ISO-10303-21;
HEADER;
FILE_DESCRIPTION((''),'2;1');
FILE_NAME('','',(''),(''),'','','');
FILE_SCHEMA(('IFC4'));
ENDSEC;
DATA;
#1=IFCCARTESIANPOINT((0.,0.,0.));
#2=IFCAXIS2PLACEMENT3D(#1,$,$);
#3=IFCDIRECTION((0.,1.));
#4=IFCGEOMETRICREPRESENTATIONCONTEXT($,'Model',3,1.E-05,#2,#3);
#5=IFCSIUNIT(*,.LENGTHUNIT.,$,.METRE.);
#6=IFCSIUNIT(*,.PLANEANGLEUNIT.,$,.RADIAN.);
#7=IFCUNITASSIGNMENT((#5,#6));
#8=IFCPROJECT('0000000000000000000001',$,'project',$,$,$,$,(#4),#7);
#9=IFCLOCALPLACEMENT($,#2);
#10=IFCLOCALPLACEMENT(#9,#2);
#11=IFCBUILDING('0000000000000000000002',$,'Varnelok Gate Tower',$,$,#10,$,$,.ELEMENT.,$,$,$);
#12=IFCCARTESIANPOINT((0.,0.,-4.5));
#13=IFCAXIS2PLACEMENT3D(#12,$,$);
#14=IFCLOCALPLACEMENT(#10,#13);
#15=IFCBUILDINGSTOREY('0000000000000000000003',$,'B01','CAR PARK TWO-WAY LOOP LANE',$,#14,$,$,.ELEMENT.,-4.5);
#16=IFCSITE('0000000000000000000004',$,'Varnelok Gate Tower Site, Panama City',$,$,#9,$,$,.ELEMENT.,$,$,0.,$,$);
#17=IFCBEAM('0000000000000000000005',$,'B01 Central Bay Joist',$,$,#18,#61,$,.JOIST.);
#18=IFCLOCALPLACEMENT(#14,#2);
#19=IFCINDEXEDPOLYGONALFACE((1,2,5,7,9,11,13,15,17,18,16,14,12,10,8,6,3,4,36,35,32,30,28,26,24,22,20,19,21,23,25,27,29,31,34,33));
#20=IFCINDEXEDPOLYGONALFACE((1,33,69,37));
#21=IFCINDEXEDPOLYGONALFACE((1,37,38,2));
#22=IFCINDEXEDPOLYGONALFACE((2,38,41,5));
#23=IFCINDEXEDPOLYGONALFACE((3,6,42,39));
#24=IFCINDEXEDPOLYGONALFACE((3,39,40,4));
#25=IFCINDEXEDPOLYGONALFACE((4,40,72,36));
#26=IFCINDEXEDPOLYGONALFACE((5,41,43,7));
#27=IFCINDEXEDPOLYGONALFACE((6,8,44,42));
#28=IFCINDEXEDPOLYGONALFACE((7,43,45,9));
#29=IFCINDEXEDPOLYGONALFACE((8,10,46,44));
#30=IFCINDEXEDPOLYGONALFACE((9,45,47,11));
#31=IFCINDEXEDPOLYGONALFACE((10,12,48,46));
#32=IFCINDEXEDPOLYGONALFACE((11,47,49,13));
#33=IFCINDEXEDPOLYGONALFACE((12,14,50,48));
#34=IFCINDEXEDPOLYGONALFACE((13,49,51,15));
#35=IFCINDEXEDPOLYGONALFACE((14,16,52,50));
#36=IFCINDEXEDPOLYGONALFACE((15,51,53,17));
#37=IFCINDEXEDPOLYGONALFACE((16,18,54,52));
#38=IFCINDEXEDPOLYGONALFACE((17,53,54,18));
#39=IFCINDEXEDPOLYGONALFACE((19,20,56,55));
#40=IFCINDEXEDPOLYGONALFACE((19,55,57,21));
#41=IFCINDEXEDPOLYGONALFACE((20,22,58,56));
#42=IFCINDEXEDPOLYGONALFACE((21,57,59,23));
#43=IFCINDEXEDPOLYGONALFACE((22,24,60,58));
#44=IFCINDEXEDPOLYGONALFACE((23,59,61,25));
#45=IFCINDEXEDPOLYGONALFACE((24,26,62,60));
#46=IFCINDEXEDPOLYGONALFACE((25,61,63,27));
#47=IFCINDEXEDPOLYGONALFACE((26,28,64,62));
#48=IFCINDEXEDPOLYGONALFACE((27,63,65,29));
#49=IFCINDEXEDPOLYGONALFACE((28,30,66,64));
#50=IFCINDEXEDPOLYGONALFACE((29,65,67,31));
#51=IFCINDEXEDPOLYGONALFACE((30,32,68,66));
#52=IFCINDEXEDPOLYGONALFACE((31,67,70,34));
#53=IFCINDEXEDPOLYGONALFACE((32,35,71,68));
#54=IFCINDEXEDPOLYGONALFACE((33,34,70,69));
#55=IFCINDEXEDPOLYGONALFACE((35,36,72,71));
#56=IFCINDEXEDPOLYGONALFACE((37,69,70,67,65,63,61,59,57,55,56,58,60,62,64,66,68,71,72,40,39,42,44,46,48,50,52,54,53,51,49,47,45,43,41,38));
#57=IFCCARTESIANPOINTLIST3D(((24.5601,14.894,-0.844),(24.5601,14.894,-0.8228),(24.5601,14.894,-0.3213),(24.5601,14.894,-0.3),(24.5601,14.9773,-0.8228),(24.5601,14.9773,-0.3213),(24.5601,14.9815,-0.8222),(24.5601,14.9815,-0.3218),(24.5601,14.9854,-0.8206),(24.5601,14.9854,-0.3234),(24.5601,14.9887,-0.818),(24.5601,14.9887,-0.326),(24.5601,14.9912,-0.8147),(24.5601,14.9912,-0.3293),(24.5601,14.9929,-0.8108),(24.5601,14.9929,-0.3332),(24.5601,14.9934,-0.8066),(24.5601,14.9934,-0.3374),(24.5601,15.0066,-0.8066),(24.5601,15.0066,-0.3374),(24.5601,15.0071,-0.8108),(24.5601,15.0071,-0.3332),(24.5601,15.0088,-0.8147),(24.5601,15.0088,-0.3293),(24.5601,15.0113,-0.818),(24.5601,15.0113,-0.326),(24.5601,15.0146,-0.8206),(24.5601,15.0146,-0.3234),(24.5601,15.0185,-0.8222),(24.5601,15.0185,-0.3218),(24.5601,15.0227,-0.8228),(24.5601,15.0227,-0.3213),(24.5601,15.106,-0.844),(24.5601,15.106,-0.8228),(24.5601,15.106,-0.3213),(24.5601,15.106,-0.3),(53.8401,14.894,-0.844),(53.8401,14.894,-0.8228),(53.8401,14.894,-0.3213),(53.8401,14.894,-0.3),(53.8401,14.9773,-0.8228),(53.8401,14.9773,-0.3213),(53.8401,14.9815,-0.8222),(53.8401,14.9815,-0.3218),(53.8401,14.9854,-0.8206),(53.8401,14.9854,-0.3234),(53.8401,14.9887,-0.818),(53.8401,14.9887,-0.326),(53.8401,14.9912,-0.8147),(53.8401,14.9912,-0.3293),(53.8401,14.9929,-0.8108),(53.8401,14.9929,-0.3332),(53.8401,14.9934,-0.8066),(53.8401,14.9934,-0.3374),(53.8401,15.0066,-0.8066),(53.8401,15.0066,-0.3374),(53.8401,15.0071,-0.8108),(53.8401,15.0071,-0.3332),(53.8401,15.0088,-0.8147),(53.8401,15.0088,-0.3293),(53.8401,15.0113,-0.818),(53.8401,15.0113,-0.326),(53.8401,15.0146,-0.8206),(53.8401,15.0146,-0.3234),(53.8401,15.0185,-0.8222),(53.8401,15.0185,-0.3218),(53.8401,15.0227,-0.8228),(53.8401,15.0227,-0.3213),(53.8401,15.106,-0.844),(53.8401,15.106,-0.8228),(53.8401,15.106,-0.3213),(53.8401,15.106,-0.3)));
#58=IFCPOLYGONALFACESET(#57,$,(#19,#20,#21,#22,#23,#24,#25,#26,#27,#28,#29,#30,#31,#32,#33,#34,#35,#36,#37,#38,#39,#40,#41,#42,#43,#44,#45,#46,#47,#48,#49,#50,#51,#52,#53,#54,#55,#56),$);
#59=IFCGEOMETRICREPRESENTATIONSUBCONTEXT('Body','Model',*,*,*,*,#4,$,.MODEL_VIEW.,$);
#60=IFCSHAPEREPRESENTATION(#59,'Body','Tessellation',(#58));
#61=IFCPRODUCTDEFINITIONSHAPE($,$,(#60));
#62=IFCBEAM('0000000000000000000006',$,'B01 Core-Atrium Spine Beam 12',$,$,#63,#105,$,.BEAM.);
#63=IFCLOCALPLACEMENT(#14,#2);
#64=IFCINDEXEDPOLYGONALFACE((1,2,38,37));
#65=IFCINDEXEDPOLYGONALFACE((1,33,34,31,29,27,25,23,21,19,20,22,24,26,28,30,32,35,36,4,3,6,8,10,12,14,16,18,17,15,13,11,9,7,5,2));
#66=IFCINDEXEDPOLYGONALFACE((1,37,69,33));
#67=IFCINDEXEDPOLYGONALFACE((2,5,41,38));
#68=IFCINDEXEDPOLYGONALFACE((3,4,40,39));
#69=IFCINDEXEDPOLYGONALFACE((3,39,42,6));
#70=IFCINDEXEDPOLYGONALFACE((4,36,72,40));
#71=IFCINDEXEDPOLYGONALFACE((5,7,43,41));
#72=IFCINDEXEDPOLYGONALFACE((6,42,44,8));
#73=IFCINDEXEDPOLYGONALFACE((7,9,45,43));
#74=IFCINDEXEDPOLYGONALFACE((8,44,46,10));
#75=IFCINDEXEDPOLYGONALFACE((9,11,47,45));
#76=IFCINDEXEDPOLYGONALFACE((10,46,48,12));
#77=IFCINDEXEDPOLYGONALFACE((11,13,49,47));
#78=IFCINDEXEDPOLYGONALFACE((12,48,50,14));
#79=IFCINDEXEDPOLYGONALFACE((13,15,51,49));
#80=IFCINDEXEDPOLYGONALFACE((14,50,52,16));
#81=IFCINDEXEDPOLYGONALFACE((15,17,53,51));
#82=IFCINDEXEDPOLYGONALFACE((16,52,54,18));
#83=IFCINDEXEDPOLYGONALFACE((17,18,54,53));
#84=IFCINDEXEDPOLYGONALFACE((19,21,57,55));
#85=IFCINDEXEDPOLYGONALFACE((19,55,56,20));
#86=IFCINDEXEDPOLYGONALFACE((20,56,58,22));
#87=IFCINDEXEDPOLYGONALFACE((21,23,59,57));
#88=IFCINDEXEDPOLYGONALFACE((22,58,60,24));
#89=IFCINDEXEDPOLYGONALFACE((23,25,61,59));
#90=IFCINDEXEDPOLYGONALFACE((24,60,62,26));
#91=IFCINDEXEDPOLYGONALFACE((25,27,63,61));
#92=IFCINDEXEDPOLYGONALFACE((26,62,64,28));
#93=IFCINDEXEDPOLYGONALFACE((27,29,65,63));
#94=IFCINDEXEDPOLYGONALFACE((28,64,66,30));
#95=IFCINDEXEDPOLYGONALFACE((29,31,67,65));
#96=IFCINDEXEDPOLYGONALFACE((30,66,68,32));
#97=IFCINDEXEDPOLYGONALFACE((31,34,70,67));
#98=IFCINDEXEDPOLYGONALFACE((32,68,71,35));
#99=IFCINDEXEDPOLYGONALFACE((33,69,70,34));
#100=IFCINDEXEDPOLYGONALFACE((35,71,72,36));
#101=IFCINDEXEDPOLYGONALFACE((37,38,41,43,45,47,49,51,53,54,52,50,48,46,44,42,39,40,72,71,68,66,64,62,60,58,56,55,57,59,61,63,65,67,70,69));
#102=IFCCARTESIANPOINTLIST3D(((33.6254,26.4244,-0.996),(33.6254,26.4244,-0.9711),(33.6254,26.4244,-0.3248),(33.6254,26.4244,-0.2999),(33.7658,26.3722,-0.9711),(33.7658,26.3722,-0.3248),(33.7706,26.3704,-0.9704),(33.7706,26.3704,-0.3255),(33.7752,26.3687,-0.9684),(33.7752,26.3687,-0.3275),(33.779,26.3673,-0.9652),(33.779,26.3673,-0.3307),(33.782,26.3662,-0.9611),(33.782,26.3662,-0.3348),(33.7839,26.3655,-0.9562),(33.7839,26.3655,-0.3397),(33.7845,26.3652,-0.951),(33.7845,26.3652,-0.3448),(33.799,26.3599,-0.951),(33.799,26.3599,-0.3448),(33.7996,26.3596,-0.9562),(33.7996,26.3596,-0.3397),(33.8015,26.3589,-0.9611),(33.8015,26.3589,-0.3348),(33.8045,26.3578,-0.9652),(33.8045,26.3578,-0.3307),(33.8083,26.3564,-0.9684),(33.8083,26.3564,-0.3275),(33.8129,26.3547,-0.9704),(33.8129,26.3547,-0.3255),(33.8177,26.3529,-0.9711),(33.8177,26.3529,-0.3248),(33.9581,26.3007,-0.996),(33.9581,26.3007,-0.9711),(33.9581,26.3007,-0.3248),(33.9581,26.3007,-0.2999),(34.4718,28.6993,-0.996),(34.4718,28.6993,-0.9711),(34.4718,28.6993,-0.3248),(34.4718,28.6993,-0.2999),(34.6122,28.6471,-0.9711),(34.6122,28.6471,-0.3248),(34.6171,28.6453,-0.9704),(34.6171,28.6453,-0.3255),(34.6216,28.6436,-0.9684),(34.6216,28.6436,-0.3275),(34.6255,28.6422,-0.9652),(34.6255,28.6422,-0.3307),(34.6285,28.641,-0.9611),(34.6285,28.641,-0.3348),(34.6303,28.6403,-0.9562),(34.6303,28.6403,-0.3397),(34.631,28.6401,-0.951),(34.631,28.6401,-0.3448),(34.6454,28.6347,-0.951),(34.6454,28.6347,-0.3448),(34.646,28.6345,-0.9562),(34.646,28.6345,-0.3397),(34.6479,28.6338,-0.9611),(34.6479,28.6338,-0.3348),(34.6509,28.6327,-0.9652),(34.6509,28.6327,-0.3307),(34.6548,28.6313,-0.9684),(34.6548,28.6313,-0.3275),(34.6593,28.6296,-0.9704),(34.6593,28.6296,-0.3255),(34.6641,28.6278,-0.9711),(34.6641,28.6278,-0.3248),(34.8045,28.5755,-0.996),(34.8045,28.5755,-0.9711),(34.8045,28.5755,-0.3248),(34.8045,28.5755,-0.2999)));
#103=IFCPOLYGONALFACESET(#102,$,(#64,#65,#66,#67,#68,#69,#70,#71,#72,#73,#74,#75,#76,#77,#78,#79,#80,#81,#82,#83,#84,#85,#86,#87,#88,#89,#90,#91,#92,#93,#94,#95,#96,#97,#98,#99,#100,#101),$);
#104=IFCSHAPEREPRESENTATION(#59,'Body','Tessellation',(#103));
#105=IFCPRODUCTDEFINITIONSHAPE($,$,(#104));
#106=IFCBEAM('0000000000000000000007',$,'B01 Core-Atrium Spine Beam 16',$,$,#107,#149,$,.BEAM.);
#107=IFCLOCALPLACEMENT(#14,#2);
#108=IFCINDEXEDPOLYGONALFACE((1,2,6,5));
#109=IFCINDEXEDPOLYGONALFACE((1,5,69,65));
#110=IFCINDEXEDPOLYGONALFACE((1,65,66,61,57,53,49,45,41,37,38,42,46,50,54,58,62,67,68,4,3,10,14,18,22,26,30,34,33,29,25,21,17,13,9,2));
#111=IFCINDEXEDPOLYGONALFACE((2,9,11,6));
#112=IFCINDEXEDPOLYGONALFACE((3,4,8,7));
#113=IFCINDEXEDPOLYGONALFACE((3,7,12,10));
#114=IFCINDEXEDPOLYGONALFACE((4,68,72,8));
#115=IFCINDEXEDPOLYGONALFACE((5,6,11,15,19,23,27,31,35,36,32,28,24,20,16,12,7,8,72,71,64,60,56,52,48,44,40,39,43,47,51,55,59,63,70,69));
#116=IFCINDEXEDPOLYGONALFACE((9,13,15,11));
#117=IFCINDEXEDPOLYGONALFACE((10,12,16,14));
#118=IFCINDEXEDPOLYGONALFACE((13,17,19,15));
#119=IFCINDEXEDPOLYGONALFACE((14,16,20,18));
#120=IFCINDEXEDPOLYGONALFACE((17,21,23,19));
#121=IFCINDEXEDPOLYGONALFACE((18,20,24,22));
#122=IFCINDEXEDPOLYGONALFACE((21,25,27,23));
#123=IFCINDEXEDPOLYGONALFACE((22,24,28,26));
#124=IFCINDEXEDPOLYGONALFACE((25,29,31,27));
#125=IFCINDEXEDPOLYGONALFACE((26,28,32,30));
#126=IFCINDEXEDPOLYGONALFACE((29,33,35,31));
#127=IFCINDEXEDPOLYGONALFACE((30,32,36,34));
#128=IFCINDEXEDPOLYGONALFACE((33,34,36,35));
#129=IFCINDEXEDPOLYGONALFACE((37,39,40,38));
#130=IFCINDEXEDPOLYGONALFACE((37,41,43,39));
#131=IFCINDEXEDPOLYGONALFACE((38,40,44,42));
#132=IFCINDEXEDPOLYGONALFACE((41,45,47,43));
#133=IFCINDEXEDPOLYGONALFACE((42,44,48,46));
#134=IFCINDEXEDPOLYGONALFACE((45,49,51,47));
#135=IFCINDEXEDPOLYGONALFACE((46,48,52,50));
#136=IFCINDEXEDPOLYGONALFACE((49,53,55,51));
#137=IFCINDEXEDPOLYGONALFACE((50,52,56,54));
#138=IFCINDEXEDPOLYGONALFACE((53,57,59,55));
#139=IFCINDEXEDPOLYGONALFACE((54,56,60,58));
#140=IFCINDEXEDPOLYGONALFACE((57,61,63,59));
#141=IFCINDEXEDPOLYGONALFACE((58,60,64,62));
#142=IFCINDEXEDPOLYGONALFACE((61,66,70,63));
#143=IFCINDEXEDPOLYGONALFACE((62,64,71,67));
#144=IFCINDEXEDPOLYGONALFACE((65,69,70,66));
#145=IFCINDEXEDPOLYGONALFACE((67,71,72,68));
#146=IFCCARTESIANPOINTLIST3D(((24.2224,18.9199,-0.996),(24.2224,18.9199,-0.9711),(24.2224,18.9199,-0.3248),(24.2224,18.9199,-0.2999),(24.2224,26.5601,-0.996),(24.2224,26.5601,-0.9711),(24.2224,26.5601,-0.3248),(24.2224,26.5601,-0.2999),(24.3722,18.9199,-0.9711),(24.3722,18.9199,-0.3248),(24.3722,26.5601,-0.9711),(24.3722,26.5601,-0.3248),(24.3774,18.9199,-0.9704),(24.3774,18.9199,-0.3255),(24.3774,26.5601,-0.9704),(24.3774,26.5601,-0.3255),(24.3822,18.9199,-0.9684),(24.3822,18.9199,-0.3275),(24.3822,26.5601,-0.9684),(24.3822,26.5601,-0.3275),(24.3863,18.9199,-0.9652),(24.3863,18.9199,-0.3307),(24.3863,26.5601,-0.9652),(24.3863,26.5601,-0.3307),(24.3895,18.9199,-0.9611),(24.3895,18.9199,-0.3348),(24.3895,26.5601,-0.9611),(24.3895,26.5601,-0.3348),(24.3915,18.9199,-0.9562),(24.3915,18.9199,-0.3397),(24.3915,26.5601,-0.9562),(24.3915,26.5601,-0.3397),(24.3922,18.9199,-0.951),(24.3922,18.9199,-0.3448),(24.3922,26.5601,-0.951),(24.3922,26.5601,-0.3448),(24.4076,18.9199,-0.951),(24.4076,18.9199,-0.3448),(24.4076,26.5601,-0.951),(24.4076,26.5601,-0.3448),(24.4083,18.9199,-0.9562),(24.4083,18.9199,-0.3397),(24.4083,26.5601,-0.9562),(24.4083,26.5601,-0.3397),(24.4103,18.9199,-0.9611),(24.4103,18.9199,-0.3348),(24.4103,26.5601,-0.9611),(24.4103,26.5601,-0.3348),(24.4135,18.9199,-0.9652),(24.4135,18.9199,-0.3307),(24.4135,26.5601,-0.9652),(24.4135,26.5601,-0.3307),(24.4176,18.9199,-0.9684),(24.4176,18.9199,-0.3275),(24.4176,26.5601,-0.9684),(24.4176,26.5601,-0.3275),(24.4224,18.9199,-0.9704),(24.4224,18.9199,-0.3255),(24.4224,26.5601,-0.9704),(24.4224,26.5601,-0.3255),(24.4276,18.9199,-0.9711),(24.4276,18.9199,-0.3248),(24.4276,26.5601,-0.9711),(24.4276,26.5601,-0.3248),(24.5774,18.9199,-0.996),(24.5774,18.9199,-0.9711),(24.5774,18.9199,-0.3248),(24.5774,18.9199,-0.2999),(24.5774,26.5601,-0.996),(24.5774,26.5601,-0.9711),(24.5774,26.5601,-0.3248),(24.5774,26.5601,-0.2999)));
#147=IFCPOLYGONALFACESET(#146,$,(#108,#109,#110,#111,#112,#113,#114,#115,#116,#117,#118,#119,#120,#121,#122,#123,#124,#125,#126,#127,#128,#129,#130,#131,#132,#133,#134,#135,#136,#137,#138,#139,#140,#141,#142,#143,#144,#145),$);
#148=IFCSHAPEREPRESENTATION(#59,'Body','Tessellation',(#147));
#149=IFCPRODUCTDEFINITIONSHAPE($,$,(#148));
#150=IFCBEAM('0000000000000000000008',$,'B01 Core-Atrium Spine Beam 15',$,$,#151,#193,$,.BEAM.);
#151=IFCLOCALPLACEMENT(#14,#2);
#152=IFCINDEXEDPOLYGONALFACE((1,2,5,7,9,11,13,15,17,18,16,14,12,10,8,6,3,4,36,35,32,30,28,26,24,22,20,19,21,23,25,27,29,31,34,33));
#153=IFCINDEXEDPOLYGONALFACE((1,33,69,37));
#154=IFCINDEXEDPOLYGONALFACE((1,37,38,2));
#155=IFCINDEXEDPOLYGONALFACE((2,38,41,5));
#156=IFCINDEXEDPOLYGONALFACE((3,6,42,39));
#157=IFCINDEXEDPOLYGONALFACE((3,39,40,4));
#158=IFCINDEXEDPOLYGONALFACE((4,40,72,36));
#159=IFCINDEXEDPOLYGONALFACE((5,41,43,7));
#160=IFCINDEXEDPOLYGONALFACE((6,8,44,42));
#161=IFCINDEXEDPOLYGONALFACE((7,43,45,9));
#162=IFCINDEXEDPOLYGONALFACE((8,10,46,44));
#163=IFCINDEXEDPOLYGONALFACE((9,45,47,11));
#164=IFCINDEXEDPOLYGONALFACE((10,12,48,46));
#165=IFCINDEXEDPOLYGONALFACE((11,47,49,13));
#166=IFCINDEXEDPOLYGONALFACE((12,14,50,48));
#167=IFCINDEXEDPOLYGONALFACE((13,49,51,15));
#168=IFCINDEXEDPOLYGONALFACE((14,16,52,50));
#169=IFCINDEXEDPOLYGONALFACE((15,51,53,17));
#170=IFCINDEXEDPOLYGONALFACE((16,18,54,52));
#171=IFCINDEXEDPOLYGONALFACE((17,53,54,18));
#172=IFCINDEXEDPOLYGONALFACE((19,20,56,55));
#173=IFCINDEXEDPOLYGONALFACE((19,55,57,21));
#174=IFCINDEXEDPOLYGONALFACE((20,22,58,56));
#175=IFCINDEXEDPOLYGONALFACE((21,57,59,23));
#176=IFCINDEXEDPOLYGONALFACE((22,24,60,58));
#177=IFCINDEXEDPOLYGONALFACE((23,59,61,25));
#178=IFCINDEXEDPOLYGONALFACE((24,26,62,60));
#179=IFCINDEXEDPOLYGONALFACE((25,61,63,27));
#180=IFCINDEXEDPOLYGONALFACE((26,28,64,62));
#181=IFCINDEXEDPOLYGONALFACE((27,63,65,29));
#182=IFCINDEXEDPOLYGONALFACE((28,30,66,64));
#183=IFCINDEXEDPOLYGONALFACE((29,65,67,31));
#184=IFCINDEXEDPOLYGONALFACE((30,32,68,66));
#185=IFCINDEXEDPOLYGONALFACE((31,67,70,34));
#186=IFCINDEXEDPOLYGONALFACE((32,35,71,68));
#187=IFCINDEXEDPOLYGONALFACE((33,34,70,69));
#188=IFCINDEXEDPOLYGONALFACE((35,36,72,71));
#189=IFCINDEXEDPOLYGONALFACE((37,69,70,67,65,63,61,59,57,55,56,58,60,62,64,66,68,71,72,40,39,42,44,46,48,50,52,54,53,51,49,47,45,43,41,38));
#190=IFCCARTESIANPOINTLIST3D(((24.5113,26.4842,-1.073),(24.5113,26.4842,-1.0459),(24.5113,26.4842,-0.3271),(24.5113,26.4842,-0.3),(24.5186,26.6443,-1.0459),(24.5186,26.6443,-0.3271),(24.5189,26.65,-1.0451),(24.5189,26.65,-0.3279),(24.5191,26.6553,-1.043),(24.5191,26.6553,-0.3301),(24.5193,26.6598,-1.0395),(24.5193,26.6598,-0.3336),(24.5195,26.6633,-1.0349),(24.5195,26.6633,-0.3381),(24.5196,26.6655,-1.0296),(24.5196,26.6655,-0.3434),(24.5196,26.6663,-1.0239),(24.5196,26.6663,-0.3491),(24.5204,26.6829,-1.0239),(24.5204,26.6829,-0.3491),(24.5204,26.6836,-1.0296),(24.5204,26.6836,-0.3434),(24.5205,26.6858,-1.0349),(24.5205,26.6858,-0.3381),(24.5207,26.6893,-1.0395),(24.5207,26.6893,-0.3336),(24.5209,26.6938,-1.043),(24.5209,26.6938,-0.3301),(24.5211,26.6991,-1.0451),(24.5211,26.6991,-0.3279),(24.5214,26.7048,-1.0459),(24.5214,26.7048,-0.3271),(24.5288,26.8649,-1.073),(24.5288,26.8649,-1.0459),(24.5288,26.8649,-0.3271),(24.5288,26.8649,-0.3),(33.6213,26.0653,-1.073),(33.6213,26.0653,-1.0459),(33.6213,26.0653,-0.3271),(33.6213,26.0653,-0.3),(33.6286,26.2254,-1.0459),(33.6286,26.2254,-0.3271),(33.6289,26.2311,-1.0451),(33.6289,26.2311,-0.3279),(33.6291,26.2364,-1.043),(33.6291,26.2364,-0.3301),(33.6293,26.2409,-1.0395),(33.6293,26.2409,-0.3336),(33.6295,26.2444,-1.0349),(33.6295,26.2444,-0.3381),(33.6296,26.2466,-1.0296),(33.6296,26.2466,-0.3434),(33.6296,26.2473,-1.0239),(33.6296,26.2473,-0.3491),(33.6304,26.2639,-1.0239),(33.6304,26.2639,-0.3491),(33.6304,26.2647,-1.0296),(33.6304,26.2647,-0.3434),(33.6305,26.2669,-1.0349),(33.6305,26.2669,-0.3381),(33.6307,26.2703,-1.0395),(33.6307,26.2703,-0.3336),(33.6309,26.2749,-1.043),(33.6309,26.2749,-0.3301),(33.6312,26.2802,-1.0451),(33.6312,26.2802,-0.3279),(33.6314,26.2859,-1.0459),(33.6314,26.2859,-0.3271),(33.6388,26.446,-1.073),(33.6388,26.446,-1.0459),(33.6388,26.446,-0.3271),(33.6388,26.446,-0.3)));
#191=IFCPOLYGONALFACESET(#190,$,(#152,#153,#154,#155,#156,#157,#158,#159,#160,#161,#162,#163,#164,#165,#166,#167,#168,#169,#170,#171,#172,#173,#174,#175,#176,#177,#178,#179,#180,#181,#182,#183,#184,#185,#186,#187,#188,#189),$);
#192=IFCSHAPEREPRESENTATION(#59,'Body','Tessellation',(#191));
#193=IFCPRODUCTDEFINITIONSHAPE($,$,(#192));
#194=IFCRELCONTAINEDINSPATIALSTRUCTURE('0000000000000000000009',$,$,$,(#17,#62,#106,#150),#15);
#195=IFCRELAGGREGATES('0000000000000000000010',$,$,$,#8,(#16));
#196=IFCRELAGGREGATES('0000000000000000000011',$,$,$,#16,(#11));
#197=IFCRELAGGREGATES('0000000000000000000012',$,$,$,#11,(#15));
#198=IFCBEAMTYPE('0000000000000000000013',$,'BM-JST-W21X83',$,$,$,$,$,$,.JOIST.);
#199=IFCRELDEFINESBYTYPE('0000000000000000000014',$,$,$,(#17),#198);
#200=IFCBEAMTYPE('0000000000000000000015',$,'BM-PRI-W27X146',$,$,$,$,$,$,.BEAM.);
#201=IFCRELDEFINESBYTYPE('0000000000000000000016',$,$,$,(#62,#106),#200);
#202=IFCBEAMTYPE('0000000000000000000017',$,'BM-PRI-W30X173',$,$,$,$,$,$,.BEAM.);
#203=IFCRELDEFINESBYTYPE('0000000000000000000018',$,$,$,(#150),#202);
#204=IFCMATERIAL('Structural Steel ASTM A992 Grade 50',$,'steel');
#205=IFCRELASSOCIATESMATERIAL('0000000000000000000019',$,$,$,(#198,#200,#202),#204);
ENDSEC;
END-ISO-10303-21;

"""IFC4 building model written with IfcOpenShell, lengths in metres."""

from ifc_helpers import new_model, si_unit, direction, frame, origin, origin_2d, place, context, subcontext, project, spatial, i_section, extrude, material, material_profile, profile_set, type_object, element, save


model = new_model("IFC4")

# Units and contexts
model_context = context("Model", 3, precision=1e-05, world=origin(), true_north=direction((0.0, 1.0)))
body_context = subcontext(model_context, "Body", "Model", "MODEL_VIEW")
ifc_project = project(units=[si_unit("LENGTHUNIT", "METRE"), si_unit("PLANEANGLEUNIT", "RADIAN")], contexts=[model_context])

# Site, building, storey
site_placement = place(None, origin())
site = spatial("IfcSite", under=ifc_project, at=site_placement, Name="Varnelok Gate Tower Site, Panama City", CompositionType="ELEMENT", RefElevation=0.0)
building_placement = place(site_placement, origin())
building = spatial("IfcBuilding", under=site, at=building_placement, Name="Varnelok Gate Tower", CompositionType="ELEMENT")
storey_placement = place(building_placement, frame((0.0, 0.0, -4.5)))
storey = spatial("IfcBuildingStorey", under=building, at=storey_placement, Name="B01", Description="CAR PARK TWO-WAY LOOP LANE", CompositionType="ELEMENT", Elevation=-4.5)

# Shared definitions
ifc_material_1 = material(Name="Structural Steel ASTM A992 Grade 50", Category="steel")

# Beams
ifc_material_profile_1 = material_profile(ifc_material_1, i_section(OverallWidth=0.2119, OverallDepth=0.5439, WebThickness=0.0132, FlangeThickness=0.0212, FilletRadius=0.0161, at=origin_2d()), Name="W21X83")
ifc_profile_set_1 = profile_set([ifc_material_profile_1], Name="Structural Steel ASTM A992 Grade 50")
beam_type_1 = type_object("IfcBeamType", Name="BM-JST-W21X83", PredefinedType="JOIST", material=ifc_profile_set_1)
for number, where, z_axis, x_axis, name in (
    (1, (24.5601, 15.0, -0.572), (1.0, 0.0, 0.0), (0.0, 1.0, 0.0), "B01 Central Bay Joist"),
):
    element("IfcBeam", number, at=place(storey_placement, frame(where, z_axis=z_axis, x_axis=x_axis)), inside=storey, type_object=beam_type_1, Name=name, PredefinedType="JOIST", context=body_context, shape_type="SweptSolid", body=[
        extrude(i_section(OverallWidth=0.2119, OverallDepth=0.5439, WebThickness=0.0132, FlangeThickness=0.0212, FilletRadius=0.0161, at=origin_2d()), origin(), (0.0, 0.0, 1.0), 29.28),
    ])
ifc_material_profile_2 = material_profile(ifc_material_1, i_section(OverallWidth=0.355, OverallDepth=0.696, WebThickness=0.0154, FlangeThickness=0.0249, FilletRadius=0.02, at=origin_2d()), Name="W27X146")
ifc_profile_set_2 = profile_set([ifc_material_profile_2], Name="Structural Steel ASTM A992 Grade 50")
beam_type_2 = type_object("IfcBeamType", Name="BM-PRI-W27X146", PredefinedType="BEAM", material=ifc_profile_set_2)
beam_1_placement = place(storey_placement, frame((33.7917, 26.3625, -0.6479), z_axis=(0.348719, 0.937227, 0.0), x_axis=(-0.937227, 0.348719, 0.0)))
element("IfcBeam", 2, at=beam_1_placement, inside=storey, type_object=beam_type_2, Name="B01 Core-Atrium Spine Beam 12", PredefinedType="BEAM", context=body_context, shape_type="SweptSolid", body=[
    extrude(i_section(OverallWidth=0.355, OverallDepth=0.696, WebThickness=0.0154, FlangeThickness=0.0249, FilletRadius=0.02, at=origin_2d()), origin(), (0.0, 0.0, 1.0), 2.4272),
])
beam_2_placement = place(storey_placement, frame((24.3999, 18.9199, -0.6479), z_axis=(0.0, 1.0, 0.0), x_axis=(-1.0, 0.0, 0.0)))
element("IfcBeam", 3, at=beam_2_placement, inside=storey, type_object=beam_type_2, Name="B01 Core-Atrium Spine Beam 16", PredefinedType="BEAM", context=body_context, shape_type="SweptSolid", body=[
    extrude(i_section(OverallWidth=0.355, OverallDepth=0.696, WebThickness=0.0154, FlangeThickness=0.0249, FilletRadius=0.02, at=origin_2d()), origin(), (0.0, 0.0, 1.0), 7.6401),
])
ifc_material_profile_3 = material_profile(ifc_material_1, i_section(OverallWidth=0.3811, OverallDepth=0.7729, WebThickness=0.0166, FlangeThickness=0.0271, FilletRadius=0.022, at=origin_2d()), Name="W30X173")
ifc_profile_set_3 = profile_set([ifc_material_profile_3], Name="Structural Steel ASTM A992 Grade 50")
beam_type_3 = type_object("IfcBeamType", Name="BM-PRI-W30X173", PredefinedType="BEAM", material=ifc_profile_set_3)
beam_3_placement = place(storey_placement, frame((24.52, 26.6746, -0.6865), z_axis=(0.998944, -0.045938, 0.0), x_axis=(0.045938, 0.998944, 0.0)))
element("IfcBeam", 4, at=beam_3_placement, inside=storey, type_object=beam_type_3, Name="B01 Core-Atrium Spine Beam 15", PredefinedType="BEAM", context=body_context, shape_type="SweptSolid", body=[
    extrude(i_section(OverallWidth=0.3811, OverallDepth=0.7729, WebThickness=0.0166, FlangeThickness=0.0271, FilletRadius=0.022, at=origin_2d()), origin(), (0.0, 0.0, 1.0), 9.1196),
])

save(model, "model.ifc")
